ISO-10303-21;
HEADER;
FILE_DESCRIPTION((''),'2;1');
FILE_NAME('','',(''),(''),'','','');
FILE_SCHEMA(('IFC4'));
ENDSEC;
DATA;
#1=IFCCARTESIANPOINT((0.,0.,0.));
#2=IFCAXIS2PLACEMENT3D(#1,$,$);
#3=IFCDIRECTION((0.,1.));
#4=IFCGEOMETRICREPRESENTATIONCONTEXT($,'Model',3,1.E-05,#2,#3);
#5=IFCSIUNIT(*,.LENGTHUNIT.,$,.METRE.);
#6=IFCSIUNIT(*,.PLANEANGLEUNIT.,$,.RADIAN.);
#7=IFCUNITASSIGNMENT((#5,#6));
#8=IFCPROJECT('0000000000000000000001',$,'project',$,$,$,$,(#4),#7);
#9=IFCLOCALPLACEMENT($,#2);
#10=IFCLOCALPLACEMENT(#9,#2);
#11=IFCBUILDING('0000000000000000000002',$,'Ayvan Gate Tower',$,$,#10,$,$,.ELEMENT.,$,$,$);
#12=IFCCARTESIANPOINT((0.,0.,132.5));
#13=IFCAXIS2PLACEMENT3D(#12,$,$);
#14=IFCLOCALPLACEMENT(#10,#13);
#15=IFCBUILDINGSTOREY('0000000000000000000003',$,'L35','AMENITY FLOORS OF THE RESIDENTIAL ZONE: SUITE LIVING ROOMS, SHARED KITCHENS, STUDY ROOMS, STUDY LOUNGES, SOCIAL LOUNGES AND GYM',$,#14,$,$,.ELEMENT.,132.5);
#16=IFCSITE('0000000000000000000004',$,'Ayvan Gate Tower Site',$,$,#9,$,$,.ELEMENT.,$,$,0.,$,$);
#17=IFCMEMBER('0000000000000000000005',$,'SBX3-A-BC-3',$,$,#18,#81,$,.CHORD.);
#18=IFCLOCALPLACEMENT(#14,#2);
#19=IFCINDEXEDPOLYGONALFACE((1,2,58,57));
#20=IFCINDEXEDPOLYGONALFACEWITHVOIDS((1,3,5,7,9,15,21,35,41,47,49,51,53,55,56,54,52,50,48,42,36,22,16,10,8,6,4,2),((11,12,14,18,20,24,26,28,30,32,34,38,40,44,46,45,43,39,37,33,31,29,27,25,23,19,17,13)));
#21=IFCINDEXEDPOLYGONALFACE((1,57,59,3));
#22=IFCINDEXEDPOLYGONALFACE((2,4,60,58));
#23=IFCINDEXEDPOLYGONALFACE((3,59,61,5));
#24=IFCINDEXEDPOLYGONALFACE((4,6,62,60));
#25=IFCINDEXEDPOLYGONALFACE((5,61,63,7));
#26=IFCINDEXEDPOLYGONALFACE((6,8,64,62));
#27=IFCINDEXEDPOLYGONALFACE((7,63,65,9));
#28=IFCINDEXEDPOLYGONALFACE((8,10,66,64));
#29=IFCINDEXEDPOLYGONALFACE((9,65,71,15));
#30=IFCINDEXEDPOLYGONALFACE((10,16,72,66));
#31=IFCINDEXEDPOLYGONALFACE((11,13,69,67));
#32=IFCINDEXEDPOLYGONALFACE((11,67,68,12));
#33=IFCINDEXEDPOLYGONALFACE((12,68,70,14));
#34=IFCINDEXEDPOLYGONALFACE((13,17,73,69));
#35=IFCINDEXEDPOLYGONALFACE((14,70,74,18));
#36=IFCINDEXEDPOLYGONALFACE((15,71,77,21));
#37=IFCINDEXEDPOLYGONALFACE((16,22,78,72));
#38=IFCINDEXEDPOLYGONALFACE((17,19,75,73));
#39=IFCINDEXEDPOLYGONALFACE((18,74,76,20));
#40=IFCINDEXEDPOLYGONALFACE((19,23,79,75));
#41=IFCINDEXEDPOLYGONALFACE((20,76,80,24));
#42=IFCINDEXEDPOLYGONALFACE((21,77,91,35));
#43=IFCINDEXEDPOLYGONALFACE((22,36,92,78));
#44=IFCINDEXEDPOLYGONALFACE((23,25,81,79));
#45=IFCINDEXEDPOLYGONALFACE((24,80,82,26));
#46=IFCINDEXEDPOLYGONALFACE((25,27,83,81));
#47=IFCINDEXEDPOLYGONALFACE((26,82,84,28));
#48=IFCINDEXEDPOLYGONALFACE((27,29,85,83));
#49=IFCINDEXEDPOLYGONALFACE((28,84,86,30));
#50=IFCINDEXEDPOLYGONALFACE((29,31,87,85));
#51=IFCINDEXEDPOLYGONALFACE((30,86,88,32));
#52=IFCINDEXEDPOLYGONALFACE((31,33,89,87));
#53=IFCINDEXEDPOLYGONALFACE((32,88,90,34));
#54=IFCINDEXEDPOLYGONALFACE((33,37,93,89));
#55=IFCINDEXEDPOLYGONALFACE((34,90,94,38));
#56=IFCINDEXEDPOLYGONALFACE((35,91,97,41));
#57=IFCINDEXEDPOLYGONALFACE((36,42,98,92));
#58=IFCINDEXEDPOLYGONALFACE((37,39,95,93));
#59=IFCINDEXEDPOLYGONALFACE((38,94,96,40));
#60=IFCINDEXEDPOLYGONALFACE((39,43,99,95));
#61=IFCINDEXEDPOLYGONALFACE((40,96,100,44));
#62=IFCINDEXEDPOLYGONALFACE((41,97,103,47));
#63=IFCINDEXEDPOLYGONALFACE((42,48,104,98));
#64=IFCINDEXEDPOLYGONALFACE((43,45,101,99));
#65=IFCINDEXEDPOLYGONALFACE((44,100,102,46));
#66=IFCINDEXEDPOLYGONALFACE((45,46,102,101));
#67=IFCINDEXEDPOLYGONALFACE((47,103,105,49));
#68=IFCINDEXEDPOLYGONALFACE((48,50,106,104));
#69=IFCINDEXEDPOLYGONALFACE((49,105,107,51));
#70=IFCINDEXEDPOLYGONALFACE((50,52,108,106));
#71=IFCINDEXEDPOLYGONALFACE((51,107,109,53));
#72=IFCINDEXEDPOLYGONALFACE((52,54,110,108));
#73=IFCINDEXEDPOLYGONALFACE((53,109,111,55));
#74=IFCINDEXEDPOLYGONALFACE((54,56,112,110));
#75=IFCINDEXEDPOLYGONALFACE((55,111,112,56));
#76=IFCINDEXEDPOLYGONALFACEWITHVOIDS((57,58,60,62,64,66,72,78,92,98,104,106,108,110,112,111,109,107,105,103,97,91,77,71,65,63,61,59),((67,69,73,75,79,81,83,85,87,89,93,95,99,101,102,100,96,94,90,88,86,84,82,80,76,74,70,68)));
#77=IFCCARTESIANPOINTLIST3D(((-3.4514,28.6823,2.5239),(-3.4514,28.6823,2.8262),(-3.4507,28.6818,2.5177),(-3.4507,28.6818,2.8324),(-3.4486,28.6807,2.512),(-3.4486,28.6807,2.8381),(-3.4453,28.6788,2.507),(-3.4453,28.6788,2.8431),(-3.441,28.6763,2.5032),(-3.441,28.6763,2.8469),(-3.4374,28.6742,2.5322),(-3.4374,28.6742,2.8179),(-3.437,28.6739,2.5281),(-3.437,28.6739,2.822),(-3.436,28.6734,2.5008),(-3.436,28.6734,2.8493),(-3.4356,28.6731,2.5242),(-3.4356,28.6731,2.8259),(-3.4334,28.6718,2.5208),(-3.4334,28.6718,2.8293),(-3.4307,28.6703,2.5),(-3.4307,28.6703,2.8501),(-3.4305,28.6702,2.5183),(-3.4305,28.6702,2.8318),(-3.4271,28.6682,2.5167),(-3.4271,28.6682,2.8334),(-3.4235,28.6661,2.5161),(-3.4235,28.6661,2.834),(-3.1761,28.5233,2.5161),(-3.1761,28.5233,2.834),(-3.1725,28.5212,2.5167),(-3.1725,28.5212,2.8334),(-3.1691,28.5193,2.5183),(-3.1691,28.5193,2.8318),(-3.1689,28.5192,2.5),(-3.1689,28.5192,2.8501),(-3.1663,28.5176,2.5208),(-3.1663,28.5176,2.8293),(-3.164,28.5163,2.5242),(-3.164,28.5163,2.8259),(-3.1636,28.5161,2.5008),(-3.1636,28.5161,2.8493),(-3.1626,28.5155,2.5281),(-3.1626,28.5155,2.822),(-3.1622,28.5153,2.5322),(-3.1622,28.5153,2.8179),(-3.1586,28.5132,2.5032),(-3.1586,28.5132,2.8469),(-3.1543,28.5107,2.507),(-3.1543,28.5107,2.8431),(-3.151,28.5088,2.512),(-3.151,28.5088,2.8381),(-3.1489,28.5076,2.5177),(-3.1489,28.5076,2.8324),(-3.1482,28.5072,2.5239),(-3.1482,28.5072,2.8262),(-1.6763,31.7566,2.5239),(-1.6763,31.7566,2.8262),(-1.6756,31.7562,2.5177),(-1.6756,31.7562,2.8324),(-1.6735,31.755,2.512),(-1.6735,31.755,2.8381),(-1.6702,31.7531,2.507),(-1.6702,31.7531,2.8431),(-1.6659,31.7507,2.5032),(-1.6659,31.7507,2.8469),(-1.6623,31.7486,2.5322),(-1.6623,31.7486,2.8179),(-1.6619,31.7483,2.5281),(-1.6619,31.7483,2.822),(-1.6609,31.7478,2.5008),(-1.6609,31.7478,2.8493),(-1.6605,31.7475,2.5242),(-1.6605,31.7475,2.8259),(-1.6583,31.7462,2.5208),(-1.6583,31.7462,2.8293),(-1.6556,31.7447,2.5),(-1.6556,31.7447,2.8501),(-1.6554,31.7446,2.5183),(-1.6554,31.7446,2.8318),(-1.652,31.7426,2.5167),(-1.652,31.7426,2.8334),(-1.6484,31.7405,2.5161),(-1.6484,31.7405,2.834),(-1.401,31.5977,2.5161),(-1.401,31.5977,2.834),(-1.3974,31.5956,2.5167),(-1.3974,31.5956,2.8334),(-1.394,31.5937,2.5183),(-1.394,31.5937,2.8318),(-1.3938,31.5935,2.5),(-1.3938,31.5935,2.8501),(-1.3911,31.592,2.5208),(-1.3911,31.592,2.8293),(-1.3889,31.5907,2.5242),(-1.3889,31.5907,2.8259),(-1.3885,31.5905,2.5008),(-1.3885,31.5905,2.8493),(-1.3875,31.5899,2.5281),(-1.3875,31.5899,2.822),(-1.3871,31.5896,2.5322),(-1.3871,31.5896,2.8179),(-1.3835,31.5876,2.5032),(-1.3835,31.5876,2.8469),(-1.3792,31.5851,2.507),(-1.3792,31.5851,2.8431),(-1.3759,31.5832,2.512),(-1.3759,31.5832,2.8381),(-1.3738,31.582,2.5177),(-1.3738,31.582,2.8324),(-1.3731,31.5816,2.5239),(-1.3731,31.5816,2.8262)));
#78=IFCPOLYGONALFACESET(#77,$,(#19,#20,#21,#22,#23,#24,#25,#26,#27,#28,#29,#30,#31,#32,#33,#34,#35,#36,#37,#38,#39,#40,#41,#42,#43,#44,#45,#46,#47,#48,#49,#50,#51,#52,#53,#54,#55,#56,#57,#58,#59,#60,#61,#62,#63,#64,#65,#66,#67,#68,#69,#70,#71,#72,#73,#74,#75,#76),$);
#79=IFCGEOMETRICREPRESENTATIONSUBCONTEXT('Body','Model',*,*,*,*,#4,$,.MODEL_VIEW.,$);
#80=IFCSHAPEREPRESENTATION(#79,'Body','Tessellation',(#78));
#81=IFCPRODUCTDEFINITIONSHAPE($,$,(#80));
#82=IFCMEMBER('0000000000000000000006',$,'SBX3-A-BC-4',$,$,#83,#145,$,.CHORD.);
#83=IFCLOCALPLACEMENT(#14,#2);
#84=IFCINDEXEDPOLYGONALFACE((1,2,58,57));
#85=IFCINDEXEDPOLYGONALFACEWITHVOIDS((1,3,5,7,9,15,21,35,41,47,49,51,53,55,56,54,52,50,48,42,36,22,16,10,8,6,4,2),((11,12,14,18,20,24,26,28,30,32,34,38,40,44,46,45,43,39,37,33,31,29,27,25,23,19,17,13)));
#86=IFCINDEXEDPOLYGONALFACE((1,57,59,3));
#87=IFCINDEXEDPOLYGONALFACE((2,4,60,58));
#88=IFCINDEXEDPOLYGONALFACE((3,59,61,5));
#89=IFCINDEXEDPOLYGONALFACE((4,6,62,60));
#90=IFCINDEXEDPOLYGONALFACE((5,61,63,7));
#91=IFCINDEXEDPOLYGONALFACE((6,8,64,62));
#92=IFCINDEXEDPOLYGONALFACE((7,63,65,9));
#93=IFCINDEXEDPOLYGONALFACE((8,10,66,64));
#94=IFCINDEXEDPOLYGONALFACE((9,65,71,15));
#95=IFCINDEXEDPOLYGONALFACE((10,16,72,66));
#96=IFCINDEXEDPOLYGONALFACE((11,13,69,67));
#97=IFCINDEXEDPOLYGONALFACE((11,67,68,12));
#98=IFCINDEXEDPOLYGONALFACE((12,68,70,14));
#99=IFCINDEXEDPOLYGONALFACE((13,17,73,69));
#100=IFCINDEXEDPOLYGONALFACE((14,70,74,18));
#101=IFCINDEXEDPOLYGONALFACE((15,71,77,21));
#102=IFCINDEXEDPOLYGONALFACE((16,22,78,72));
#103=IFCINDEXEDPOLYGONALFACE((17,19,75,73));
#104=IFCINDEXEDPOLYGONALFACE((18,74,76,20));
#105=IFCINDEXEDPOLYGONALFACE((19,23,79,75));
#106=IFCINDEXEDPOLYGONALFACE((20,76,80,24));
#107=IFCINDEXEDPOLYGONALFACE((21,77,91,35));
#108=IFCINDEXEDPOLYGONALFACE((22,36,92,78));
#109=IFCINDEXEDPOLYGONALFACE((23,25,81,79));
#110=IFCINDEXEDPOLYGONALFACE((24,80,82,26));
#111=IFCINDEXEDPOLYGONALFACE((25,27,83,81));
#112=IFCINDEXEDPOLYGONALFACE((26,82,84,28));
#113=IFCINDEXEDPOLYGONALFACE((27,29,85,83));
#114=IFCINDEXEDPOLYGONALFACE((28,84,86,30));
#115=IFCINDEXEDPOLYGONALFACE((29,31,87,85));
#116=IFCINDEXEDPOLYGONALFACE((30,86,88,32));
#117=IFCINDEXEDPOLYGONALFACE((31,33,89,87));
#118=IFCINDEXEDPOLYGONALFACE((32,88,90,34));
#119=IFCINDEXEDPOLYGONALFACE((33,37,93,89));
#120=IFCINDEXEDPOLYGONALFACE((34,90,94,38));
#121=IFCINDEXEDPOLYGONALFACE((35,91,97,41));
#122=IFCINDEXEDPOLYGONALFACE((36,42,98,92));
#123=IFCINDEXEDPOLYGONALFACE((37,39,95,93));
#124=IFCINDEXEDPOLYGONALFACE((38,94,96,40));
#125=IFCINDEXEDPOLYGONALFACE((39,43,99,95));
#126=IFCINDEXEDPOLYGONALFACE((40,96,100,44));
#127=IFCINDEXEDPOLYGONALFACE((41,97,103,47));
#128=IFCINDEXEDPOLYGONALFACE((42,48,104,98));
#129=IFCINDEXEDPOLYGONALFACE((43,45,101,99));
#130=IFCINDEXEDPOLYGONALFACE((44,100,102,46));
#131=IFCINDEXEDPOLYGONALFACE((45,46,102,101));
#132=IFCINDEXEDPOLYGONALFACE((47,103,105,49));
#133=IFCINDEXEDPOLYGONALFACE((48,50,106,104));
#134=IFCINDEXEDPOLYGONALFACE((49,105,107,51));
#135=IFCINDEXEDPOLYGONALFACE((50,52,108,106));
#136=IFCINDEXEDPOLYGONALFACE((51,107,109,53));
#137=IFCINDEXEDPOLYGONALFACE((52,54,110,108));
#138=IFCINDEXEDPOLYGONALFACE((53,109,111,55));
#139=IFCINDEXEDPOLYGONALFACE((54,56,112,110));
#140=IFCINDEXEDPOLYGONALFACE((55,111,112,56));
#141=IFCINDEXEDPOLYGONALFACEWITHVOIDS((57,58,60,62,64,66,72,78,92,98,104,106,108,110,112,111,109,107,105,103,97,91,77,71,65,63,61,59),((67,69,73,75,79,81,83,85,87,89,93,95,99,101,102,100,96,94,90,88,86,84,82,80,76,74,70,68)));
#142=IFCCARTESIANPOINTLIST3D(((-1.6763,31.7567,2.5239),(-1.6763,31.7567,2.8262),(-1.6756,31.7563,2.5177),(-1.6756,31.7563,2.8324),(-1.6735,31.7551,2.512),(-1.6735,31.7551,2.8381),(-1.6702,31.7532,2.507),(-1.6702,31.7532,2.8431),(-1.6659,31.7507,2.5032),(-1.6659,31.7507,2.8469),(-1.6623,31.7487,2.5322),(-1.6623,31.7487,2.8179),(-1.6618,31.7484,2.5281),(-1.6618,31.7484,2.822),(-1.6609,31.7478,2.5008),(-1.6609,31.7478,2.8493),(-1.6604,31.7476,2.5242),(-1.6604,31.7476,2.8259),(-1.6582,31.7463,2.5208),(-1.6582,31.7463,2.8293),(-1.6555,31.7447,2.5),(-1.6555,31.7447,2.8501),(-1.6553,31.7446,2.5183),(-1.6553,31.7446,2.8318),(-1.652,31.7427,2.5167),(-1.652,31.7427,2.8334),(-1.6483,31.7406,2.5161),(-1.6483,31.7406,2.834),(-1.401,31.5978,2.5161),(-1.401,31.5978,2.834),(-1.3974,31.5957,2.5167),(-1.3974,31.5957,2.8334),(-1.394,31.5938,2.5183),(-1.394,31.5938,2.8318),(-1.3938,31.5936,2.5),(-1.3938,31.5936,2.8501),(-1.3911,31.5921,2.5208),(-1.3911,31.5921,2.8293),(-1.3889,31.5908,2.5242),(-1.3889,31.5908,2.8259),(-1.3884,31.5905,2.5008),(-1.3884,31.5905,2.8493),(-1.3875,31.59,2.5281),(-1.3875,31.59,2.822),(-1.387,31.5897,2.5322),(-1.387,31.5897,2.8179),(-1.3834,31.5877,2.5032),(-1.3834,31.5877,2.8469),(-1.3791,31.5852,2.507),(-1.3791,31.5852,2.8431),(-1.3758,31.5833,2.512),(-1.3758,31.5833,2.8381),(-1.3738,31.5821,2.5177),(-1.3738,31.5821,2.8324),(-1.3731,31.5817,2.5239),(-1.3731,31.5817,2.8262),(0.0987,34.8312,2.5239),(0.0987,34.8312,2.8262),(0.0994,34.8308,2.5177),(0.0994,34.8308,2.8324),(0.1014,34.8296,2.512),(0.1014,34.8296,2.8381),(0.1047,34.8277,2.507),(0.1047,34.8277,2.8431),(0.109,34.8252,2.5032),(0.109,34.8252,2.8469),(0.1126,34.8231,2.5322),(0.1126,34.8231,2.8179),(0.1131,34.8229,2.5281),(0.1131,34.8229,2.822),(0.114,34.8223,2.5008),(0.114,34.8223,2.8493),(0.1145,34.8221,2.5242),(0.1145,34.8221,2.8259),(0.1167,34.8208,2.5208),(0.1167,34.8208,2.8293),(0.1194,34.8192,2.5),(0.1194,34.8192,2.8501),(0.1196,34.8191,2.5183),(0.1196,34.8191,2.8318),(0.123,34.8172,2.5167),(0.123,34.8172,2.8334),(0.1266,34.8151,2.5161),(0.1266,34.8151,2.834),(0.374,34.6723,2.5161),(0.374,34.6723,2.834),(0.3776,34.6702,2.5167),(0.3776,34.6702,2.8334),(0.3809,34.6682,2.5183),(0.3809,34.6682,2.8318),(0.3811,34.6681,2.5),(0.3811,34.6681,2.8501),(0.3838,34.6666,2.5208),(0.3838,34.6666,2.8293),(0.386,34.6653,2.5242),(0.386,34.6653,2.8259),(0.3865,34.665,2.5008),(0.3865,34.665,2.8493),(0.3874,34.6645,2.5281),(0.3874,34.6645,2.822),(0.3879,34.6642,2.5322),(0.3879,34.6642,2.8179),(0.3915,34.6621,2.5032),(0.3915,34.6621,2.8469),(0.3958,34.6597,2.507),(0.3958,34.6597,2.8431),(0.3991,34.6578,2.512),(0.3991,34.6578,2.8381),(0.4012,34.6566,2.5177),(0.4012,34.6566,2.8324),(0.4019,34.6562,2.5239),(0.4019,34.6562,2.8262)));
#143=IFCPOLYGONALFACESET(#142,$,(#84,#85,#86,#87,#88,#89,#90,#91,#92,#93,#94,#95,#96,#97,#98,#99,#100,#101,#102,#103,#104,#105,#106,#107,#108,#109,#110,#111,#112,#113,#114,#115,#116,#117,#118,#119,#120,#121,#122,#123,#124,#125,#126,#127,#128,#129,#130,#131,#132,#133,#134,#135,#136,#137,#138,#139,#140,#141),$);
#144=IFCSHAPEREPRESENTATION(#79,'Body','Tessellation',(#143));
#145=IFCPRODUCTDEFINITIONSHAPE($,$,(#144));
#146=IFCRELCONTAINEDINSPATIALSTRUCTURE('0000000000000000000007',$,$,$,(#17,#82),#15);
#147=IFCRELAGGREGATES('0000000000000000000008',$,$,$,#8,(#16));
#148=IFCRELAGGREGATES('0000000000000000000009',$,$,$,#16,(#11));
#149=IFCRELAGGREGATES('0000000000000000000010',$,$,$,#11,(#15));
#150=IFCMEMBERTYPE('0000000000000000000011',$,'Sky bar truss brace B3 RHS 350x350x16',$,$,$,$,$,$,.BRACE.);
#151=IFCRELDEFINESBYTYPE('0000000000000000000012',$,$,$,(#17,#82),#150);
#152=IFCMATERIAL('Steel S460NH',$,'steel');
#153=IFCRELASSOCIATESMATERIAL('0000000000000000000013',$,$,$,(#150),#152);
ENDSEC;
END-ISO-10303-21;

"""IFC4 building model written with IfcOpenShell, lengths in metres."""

from ifc_helpers import new_model, si_unit, direction, frame, origin, origin_2d, place, context, subcontext, project, spatial, hollow_rectangle, extrude, material, material_profile, profile_set, type_object, element, save


model = new_model("IFC4")

# Units and contexts
model_context = context("Model", 3, precision=1e-05, world=origin(), true_north=direction((0.0, 1.0)))
body_context = subcontext(model_context, "Body", "Model", "MODEL_VIEW")
ifc_project = project(units=[si_unit("LENGTHUNIT", "METRE"), si_unit("PLANEANGLEUNIT", "RADIAN")], contexts=[model_context])

# Site, building, storey
site_placement = place(None, origin())
site = spatial("IfcSite", under=ifc_project, at=site_placement, Name="Ayvan Gate Tower Site", CompositionType="ELEMENT", RefElevation=0.0)
building_placement = place(site_placement, origin())
building = spatial("IfcBuilding", under=site, at=building_placement, Name="Ayvan Gate Tower", CompositionType="ELEMENT")
storey_placement = place(building_placement, frame((0.0, 0.0, 132.5)))
storey = spatial("IfcBuildingStorey", under=building, at=storey_placement, Name="L35", Description="AMENITY FLOORS OF THE RESIDENTIAL ZONE: SUITE LIVING ROOMS, SHARED KITCHENS, STUDY ROOMS, STUDY LOUNGES, SOCIAL LOUNGES AND GYM", CompositionType="ELEMENT", Elevation=132.5)

# Members
ifc_material_1 = material(Name="Steel S460NH", Category="steel")
ifc_material_profile_1 = material_profile(ifc_material_1, hollow_rectangle(XDim=0.3501, YDim=0.3501, WallThickness=0.0161, InnerFilletRadius=0.0161, OuterFilletRadius=0.0239, at=origin_2d()), Name="RHS 350x350x16")
ifc_profile_set_1 = profile_set([ifc_material_profile_1], Name="Steel S460NH")
member_type_1 = type_object("IfcMemberType", Name="Sky bar truss brace B3 RHS 350x350x16", PredefinedType="BRACE", material=ifc_profile_set_1)
for number, where, z_axis, x_axis, name in (
    (1, (-3.2998, 28.5947, 2.675), (0.500022, 0.866013, 0.0), (-0.866013, 0.500022, 0.0), "SBX3-A-BC-3"),
    (2, (-1.5247, 31.6692, 2.675), (0.49997, 0.866042, 0.0), (-0.866042, 0.49997, 0.0), "SBX3-A-BC-4"),
):
    element("IfcMember", number, at=place(storey_placement, frame(where, z_axis=z_axis, x_axis=x_axis)), inside=storey, type_object=member_type_1, Name=name, PredefinedType="CHORD", context=body_context, shape_type="SweptSolid", body=[
        extrude(hollow_rectangle(XDim=0.3501, YDim=0.3501, WallThickness=0.0161, InnerFilletRadius=0.0161, OuterFilletRadius=0.0239, at=origin_2d()), origin(), (0.0, 0.0, 1.0), 3.55),
    ])

save(model, "model.ifc")
